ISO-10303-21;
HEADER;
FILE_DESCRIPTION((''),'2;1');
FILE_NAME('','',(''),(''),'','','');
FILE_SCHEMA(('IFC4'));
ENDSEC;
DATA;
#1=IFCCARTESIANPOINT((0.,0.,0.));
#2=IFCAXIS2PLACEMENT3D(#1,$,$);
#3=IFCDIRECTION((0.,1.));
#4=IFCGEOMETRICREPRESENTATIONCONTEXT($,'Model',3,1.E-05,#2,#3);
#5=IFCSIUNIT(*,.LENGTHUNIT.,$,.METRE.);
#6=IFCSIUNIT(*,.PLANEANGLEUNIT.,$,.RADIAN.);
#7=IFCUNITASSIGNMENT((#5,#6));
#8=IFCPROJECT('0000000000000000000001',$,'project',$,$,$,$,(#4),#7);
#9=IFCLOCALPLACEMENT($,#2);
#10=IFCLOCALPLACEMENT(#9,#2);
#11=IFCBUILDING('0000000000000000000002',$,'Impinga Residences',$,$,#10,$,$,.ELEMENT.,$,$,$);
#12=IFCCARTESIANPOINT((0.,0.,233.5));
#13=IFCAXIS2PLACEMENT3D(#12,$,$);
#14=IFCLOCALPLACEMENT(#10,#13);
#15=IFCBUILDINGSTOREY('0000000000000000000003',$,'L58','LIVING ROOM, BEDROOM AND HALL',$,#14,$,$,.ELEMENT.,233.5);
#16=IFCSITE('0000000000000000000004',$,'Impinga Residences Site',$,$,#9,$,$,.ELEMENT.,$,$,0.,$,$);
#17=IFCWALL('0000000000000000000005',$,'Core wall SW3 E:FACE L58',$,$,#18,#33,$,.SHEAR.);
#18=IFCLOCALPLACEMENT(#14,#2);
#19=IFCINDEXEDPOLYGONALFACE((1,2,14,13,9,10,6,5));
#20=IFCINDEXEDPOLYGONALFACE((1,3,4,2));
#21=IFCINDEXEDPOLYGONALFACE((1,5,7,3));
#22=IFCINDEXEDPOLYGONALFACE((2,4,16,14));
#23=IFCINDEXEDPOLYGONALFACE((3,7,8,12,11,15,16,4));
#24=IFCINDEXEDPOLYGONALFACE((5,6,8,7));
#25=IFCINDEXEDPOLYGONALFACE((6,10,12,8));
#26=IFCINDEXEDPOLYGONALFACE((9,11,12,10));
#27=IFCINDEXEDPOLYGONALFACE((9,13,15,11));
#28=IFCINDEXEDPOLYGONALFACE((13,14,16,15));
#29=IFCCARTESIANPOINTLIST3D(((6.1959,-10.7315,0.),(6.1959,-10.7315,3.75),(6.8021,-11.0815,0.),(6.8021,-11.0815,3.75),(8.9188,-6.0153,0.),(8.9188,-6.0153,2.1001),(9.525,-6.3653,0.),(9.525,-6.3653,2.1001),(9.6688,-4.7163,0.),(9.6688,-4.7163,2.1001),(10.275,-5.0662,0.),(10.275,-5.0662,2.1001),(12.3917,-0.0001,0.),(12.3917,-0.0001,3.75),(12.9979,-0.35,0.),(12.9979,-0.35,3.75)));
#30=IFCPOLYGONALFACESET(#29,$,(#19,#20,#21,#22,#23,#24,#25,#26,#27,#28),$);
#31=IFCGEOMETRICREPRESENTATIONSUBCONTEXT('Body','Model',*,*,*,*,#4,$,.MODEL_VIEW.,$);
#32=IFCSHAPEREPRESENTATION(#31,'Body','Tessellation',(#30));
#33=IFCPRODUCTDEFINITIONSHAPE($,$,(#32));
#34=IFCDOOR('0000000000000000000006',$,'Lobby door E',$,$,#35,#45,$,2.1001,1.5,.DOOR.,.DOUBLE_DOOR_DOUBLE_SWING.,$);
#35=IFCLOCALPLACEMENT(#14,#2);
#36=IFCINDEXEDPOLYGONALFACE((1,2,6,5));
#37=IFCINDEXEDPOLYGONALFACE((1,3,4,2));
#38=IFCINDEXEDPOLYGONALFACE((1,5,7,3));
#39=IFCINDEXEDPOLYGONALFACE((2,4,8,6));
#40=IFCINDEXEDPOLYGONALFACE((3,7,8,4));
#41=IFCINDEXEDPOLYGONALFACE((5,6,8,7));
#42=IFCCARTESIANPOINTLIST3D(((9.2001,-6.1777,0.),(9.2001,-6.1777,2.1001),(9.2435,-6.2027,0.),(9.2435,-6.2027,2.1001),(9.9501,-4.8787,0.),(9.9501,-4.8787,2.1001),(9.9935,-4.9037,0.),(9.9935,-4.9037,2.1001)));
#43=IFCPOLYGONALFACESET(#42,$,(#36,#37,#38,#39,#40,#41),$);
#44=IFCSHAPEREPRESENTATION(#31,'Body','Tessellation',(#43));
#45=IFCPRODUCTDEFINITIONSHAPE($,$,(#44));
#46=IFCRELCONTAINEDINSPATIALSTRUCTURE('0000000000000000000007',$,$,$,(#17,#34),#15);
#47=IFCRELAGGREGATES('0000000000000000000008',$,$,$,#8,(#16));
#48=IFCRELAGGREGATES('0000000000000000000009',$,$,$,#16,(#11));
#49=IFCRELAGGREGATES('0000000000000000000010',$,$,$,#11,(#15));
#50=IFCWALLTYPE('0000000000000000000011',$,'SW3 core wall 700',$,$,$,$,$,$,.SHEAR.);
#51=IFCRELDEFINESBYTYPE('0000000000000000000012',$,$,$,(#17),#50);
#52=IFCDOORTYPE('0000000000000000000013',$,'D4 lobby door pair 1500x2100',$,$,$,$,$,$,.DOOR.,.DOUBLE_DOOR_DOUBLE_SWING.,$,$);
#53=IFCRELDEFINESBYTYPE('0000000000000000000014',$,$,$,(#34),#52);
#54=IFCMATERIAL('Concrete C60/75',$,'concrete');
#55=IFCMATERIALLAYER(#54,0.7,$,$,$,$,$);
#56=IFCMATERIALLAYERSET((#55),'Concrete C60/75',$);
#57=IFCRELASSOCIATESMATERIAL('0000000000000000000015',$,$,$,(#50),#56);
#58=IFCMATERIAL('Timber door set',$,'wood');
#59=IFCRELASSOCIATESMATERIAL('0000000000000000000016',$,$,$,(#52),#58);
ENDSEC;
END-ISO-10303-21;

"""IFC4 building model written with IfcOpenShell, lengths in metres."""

from ifc_helpers import new_model, si_unit, direction, frame, frame_2d, origin, place, context, subcontext, project, spatial, rectangle, extrude, material, layer, layer_set, type_object, element, fill, save


model = new_model("IFC4")

# Units and contexts
model_context = context("Model", 3, precision=1e-05, world=origin(), true_north=direction((0.0, 1.0)))
body_context = subcontext(model_context, "Body", "Model", "MODEL_VIEW")
ifc_project = project(units=[si_unit("LENGTHUNIT", "METRE"), si_unit("PLANEANGLEUNIT", "RADIAN")], contexts=[model_context])

# Site, building, storey
site_placement = place(None, origin())
site = spatial("IfcSite", under=ifc_project, at=site_placement, Name="Impinga Residences Site", CompositionType="ELEMENT", RefElevation=0.0)
building_placement = place(site_placement, origin())
building = spatial("IfcBuilding", under=site, at=building_placement, Name="Impinga Residences", CompositionType="ELEMENT")
storey_placement = place(building_placement, frame((0.0, 0.0, 233.5)))
storey = spatial("IfcBuildingStorey", under=building, at=storey_placement, Name="L58", Description="LIVING ROOM, BEDROOM AND HALL", CompositionType="ELEMENT", Elevation=233.5)

# Shared definitions
ifc_material_1 = material(Name="Concrete C60/75", Category="concrete")

# Shared definitions
ifc_material_2 = material(Name="Timber door set", Category="wood")

# Wall, opening, door
ifc_layer_1 = layer(ifc_material_1, 0.7)
ifc_layer_set_1 = layer_set([ifc_layer_1], Name="Concrete C60/75")
wall_type_1 = type_object("IfcWallType", Name="SW3 core wall 700", PredefinedType="SHEAR", material=ifc_layer_set_1)
wall_1_placement = place(storey_placement, frame((12.6948, -0.175, 0.0), z_axis=(0.0, 0.0, 1.0), x_axis=(-0.5, -0.866025, 0.0)))
wall_1 = element("IfcWall", 1, at=wall_1_placement, inside=storey, type_object=wall_type_1, Name="Core wall SW3 E:FACE L58", PredefinedType="SHEAR", context=body_context, shape_type="SweptSolid", body=[
    extrude(rectangle(XDim=12.3916, YDim=0.7, at=frame_2d((6.1958, 0.0))), origin(), (0.0, 0.0, 1.0), 3.75),
])
opening_1_placement = place(wall_1_placement, frame((5.4458, 0.0, 0.0)))
opening_1 = element("IfcOpeningElement", 2, at=opening_1_placement, cuts=wall_1, PredefinedType="OPENING", context=body_context, shape_type="SweptSolid", body=[
    extrude(rectangle(XDim=1.5, YDim=2.1001, at=frame_2d((0.75, 1.05))), frame((0.0, 0.3599, 0.0), z_axis=(0.0, -1.0, 0.0), x_axis=(1.0, 0.0, 0.0)), (0.0, 0.0, 1.0), 0.72),
])
door_type_1 = type_object("IfcDoorType", Name="D4 lobby door pair 1500x2100", OperationType="DOUBLE_DOOR_DOUBLE_SWING", PredefinedType="DOOR", material=ifc_material_2)
door_1_placement = place(opening_1_placement, origin())
door_1 = element("IfcDoor", 3, at=door_1_placement, inside=storey, type_object=door_type_1, Name="Lobby door E", OperationType="DOUBLE_DOOR_DOUBLE_SWING", OverallHeight=2.1001, OverallWidth=1.5, PredefinedType="DOOR", context=body_context, shape_type="SweptSolid", body=[
    extrude(rectangle(XDim=1.5, YDim=2.1001, at=frame_2d((0.75, 1.05))), frame((0.0, 0.0249, 0.0), z_axis=(0.0, -1.0, 0.0), x_axis=(1.0, 0.0, 0.0)), (0.0, 0.0, 1.0), 0.05),
])
fill(opening_1, door_1)

save(model, "model.ifc")
